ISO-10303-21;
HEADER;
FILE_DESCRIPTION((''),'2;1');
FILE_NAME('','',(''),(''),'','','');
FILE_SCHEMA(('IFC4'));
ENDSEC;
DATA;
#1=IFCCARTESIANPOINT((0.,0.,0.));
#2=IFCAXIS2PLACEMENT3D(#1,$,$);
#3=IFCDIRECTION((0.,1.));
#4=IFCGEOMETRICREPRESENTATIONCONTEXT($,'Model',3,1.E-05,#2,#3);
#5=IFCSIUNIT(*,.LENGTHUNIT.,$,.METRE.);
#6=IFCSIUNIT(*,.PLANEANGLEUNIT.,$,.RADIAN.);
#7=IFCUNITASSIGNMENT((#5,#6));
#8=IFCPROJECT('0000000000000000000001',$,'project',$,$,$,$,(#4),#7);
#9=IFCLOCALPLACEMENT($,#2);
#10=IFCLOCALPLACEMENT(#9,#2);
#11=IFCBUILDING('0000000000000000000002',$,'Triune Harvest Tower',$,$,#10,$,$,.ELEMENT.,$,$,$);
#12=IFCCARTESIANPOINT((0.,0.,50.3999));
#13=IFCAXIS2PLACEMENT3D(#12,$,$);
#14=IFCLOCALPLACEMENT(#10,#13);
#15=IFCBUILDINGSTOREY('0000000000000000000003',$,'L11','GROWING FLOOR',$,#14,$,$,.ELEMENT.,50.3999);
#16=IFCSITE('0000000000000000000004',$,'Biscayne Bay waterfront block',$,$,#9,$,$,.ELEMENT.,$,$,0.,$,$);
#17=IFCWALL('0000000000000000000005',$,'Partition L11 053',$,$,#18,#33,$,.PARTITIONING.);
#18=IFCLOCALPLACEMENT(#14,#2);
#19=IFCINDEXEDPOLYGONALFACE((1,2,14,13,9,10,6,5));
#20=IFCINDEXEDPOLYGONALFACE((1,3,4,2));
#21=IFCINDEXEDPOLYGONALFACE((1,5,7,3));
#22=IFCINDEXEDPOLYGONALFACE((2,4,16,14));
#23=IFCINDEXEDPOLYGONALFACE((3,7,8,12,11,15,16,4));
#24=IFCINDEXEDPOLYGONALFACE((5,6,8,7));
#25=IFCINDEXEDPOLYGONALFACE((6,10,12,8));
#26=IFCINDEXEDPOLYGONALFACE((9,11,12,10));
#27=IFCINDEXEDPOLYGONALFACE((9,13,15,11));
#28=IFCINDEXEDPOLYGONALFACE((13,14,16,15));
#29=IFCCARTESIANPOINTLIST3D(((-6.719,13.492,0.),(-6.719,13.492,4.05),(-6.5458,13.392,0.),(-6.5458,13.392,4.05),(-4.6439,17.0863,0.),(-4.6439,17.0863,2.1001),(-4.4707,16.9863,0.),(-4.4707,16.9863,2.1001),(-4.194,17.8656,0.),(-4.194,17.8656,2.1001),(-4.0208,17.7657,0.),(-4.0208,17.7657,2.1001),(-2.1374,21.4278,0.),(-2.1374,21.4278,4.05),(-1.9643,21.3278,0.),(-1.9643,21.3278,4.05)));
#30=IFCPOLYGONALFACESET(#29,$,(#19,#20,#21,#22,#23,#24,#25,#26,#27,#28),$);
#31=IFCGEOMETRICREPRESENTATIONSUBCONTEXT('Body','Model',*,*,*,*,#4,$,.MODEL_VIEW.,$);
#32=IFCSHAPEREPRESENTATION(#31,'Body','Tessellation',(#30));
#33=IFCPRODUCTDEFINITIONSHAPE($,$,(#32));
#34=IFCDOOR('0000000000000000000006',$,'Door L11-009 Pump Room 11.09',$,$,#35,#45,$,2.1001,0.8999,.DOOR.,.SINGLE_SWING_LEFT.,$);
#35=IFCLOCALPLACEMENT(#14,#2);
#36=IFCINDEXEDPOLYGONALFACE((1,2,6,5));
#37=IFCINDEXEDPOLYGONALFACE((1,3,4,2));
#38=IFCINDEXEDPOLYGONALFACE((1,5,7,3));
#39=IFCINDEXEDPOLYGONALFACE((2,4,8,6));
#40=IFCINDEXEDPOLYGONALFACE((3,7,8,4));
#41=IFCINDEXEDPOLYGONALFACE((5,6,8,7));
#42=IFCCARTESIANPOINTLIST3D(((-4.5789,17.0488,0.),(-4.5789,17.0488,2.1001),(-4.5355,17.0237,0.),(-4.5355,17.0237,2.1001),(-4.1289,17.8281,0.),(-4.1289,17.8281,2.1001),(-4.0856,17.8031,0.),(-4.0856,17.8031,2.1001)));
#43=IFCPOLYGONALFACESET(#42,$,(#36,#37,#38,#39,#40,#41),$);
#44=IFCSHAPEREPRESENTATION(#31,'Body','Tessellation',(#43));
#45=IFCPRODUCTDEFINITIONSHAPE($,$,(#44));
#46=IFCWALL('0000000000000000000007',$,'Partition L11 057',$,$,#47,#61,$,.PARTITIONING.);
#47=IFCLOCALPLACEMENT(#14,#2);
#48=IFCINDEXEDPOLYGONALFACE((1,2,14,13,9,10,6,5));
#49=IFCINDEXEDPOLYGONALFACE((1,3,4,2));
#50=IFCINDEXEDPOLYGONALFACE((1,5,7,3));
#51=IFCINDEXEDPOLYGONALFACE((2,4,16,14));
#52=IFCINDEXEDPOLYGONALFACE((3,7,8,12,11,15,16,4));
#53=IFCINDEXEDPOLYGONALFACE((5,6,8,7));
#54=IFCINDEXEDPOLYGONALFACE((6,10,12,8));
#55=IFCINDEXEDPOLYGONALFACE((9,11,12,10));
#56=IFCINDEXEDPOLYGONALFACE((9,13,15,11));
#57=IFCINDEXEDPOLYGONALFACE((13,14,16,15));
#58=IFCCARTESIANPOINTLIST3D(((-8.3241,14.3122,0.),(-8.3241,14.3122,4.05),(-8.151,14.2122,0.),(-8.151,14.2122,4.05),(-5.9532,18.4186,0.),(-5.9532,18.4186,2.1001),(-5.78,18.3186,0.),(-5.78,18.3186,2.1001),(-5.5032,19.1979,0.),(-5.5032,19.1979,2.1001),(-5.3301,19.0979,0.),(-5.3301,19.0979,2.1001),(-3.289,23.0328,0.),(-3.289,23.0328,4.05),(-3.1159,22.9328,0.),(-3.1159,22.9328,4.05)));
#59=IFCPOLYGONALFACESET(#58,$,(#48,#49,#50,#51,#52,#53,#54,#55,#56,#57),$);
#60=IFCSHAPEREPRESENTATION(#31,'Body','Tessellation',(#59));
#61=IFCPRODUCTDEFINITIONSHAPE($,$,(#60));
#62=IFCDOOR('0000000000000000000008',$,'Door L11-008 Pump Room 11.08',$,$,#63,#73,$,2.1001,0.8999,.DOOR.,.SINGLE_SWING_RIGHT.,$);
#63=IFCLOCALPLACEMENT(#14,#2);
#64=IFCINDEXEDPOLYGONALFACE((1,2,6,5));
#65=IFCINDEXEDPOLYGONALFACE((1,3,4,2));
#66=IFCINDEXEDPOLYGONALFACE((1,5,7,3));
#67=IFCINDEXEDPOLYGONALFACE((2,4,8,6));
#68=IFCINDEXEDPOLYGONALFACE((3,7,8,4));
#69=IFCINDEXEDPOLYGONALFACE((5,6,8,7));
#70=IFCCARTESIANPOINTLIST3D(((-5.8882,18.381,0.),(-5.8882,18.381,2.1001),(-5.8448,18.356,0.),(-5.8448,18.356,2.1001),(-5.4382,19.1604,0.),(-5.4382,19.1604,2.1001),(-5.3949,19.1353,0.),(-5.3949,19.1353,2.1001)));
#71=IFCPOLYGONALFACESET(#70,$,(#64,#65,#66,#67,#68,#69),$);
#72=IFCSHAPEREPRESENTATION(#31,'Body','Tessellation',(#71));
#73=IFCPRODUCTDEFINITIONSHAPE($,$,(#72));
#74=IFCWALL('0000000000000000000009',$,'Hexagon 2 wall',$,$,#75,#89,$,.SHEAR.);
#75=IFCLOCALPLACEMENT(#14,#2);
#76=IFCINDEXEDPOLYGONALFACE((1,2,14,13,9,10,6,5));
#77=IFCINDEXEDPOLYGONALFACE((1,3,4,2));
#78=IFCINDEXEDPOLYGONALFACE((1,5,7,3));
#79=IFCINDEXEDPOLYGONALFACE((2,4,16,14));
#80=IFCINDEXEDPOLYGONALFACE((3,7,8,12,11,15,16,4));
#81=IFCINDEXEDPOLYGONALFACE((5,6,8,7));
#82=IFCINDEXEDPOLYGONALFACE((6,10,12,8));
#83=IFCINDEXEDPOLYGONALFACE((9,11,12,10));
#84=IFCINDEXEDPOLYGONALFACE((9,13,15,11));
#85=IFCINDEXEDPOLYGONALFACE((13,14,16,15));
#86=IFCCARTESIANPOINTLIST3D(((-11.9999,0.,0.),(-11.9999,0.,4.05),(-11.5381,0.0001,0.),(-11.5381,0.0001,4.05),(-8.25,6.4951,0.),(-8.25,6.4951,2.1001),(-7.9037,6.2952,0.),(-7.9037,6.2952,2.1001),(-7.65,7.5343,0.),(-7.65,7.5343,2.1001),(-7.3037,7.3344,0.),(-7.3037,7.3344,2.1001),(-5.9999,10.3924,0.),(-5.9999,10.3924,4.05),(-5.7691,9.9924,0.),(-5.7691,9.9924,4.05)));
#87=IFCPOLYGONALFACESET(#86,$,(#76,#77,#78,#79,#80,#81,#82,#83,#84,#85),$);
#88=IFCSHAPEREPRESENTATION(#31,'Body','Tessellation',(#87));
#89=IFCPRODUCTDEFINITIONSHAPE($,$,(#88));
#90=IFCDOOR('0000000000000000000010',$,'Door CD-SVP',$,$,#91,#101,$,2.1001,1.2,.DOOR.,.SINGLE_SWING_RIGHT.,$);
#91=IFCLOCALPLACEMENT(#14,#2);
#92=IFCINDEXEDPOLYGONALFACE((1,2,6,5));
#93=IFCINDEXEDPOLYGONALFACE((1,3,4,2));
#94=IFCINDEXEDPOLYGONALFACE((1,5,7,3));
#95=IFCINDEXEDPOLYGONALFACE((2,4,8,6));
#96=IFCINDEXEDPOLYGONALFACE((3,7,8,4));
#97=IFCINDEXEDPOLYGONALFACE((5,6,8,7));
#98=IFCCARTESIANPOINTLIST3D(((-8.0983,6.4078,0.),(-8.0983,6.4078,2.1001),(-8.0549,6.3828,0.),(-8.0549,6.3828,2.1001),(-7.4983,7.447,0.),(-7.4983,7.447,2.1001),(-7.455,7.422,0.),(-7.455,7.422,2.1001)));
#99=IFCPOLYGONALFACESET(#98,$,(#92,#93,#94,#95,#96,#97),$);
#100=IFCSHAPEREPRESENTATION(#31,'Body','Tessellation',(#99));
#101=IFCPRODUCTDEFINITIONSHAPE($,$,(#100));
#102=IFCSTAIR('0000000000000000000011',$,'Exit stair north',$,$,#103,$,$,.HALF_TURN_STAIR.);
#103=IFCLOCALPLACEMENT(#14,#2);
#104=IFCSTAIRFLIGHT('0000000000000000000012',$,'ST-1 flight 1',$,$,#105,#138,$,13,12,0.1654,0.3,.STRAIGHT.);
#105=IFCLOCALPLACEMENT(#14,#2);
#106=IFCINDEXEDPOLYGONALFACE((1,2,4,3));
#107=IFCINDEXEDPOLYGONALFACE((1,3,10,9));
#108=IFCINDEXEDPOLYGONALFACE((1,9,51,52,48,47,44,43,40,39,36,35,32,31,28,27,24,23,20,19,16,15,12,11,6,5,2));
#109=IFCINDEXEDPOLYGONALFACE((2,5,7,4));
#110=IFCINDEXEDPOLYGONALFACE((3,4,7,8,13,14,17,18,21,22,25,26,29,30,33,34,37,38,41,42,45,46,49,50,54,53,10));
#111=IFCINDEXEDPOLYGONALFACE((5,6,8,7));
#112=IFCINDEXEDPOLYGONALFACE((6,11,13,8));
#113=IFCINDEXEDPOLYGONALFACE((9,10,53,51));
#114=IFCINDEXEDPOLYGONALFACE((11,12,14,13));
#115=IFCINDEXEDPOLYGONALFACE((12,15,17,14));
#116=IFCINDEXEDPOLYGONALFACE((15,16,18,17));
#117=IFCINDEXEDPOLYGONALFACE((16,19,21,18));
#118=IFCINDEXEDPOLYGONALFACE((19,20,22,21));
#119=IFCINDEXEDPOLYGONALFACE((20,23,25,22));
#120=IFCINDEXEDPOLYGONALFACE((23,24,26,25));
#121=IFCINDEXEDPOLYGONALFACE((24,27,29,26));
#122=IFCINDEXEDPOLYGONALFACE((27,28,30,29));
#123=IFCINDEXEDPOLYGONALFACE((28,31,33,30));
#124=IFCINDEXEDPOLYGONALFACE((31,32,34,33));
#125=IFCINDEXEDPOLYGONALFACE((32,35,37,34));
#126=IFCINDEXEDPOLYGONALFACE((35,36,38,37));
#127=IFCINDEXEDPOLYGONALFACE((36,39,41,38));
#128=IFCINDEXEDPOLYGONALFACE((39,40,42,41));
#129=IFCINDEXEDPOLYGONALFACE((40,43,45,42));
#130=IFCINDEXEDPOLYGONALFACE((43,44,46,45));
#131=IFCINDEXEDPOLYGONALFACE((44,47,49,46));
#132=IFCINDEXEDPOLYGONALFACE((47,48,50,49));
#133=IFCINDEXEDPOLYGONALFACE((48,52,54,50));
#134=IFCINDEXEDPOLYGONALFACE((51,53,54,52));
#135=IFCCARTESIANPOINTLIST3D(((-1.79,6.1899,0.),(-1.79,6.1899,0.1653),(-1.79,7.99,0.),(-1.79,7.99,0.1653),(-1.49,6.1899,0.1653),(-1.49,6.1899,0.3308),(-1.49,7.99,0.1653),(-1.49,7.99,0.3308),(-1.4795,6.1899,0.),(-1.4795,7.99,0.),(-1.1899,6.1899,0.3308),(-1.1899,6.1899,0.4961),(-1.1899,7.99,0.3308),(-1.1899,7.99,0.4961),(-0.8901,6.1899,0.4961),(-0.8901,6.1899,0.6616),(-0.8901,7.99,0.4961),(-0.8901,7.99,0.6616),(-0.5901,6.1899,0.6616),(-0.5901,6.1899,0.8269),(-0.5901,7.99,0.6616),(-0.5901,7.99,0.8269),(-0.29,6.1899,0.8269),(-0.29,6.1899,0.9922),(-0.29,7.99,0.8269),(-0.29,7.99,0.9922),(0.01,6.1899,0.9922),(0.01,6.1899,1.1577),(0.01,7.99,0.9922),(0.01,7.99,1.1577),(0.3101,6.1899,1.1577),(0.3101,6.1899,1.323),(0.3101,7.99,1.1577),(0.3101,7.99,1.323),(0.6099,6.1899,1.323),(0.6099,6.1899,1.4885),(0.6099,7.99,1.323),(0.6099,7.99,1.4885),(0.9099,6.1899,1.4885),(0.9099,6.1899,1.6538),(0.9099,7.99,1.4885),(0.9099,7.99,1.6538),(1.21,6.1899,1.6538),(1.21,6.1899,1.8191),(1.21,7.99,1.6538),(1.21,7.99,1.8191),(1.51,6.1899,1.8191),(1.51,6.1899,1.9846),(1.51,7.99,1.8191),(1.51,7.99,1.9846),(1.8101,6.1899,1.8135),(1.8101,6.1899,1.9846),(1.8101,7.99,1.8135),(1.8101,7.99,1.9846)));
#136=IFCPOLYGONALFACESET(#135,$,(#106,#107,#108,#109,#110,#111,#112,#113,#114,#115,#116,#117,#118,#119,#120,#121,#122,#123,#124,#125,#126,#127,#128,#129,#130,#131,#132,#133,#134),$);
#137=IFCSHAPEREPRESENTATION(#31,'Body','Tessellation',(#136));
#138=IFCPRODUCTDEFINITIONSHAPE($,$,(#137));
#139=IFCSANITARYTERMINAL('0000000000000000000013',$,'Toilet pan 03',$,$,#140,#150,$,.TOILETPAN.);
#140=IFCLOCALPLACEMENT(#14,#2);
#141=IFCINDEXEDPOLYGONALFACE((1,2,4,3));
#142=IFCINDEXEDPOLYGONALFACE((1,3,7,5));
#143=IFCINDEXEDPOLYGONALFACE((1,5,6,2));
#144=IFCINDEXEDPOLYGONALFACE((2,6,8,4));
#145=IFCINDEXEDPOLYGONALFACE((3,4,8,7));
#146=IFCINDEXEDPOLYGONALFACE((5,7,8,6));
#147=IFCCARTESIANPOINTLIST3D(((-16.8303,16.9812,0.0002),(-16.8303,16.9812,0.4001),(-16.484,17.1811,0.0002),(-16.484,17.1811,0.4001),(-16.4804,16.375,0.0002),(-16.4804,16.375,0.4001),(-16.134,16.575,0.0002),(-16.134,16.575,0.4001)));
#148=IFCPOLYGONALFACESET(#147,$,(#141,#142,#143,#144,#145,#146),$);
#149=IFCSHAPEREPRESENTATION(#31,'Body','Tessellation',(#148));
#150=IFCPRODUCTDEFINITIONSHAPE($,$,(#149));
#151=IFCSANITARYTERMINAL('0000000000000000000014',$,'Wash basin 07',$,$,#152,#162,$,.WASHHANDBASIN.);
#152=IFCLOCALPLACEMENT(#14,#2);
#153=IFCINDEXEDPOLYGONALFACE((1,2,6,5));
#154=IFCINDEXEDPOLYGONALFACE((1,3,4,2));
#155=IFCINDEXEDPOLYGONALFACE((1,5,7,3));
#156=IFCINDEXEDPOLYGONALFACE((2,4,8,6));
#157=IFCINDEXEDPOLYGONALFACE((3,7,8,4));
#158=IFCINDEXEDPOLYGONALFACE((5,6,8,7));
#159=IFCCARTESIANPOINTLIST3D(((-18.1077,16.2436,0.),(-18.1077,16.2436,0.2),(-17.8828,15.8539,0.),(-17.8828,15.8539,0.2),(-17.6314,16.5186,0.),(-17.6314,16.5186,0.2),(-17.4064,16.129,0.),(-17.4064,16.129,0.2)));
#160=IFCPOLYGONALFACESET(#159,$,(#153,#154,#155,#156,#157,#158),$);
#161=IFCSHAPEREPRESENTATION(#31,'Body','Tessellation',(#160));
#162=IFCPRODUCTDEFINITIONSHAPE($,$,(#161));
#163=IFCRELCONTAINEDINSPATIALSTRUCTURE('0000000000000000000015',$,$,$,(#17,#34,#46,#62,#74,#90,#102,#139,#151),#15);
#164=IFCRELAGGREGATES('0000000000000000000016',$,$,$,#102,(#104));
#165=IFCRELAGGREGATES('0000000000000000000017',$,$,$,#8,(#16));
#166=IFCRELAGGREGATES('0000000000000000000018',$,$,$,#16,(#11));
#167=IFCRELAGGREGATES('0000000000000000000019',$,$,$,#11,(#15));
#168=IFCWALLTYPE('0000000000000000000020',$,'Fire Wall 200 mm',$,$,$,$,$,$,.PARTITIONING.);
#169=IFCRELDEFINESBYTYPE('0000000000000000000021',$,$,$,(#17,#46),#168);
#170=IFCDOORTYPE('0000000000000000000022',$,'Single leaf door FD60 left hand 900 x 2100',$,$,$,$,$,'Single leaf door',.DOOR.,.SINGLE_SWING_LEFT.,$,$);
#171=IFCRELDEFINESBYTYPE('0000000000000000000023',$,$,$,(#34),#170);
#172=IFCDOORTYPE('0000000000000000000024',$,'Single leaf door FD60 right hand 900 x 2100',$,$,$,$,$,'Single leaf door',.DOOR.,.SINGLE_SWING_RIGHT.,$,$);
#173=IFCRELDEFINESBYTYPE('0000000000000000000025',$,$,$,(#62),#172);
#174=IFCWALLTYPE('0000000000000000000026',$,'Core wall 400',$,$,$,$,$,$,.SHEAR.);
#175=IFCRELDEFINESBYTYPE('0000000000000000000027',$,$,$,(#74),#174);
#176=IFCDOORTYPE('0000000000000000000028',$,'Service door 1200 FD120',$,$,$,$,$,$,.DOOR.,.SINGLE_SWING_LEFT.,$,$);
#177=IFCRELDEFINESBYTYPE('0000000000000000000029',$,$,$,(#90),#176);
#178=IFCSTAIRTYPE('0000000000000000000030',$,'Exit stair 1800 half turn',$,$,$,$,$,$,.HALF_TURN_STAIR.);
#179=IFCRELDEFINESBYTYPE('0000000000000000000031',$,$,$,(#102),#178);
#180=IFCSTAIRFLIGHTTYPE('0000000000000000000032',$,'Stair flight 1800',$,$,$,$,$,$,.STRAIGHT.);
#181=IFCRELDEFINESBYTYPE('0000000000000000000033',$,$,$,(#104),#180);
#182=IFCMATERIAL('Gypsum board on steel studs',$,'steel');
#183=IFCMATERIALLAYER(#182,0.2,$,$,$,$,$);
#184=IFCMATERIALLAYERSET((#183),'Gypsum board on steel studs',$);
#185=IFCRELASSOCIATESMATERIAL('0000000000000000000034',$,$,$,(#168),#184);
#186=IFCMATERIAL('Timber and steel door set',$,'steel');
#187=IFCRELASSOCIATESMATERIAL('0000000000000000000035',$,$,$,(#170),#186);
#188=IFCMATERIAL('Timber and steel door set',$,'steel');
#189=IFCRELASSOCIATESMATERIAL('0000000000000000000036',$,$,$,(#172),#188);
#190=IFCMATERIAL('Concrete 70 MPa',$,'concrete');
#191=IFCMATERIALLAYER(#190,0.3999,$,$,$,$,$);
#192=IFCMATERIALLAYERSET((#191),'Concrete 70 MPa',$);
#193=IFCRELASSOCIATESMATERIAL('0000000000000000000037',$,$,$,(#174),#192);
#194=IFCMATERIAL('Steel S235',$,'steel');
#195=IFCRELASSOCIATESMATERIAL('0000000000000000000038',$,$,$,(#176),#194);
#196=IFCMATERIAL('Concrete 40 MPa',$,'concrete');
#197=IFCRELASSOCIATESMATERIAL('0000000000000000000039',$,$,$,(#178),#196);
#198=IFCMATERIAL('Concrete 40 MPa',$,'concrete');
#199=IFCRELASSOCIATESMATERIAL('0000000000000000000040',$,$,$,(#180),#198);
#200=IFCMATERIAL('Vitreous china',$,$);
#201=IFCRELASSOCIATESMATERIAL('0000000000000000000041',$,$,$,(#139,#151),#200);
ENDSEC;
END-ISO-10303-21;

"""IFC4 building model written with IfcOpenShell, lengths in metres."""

from ifc_helpers import new_model, si_unit, direction, frame, frame_2d, origin, origin_2d, place, context, subcontext, project, spatial, polyline, rectangle, outline, extrude, source, transform, mapped, material, layer, layer_set, type_object, element, fill, aggregate, save


model = new_model("IFC4")

# Units and contexts
model_context = context("Model", 3, precision=1e-05, world=origin(), true_north=direction((0.0, 1.0)))
body_context = subcontext(model_context, "Body", "Model", "MODEL_VIEW")
ifc_project = project(units=[si_unit("LENGTHUNIT", "METRE"), si_unit("PLANEANGLEUNIT", "RADIAN")], contexts=[model_context])

# Site, building, storey
site_placement = place(None, origin())
site = spatial("IfcSite", under=ifc_project, at=site_placement, Name="Biscayne Bay waterfront block", CompositionType="ELEMENT", RefElevation=0.0)
building_placement = place(site_placement, origin())
building = spatial("IfcBuilding", under=site, at=building_placement, Name="Triune Harvest Tower", CompositionType="ELEMENT")
storey_placement = place(building_placement, frame((0.0, 0.0, 50.3999)))
storey = spatial("IfcBuildingStorey", under=building, at=storey_placement, Name="L11", Description="GROWING FLOOR", CompositionType="ELEMENT", Elevation=50.3999)

# Walls, openings, doors
ifc_material_1 = material(Name="Gypsum board on steel studs", Category="steel")
ifc_layer_1 = layer(ifc_material_1, 0.2)
ifc_layer_set_1 = layer_set([ifc_layer_1], Name="Gypsum board on steel studs")
wall_type_1 = type_object("IfcWallType", Name="Fire Wall 200 mm", PredefinedType="PARTITIONING", material=ifc_layer_set_1)
wall_1_placement = place(storey_placement, frame((-6.6323, 13.4421, 0.0), z_axis=(0.0, 0.0, 1.0), x_axis=(0.499985, 0.866034, 0.0)))
wall_1 = element("IfcWall", 1, at=wall_1_placement, inside=storey, type_object=wall_type_1, Name="Partition L11 053", PredefinedType="PARTITIONING", context=body_context, shape_type="SweptSolid", body=[
    extrude(rectangle(XDim=9.1633, YDim=0.2, at=frame_2d((4.5815, 0.0))), origin(), (0.0, 0.0, 1.0), 4.05),
])
opening_1_placement = place(wall_1_placement, frame((4.1501, 0.0, 0.0)))
opening_1 = element("IfcOpeningElement", 2, at=opening_1_placement, cuts=wall_1, PredefinedType="OPENING", context=body_context, shape_type="SweptSolid", body=[
    extrude(rectangle(XDim=0.8999, YDim=2.1001, at=frame_2d((0.45, 1.05))), frame((0.0, 0.1099, 0.0), z_axis=(0.0, -1.0, 0.0), x_axis=(1.0, 0.0, 0.0)), (0.0, 0.0, 1.0), 0.22),
])
ifc_material_2 = material(Name="Timber and steel door set", Category="steel")
door_type_1 = type_object("IfcDoorType", Name="Single leaf door FD60 left hand 900 x 2100", ElementType="Single leaf door", OperationType="SINGLE_SWING_LEFT", PredefinedType="DOOR", material=ifc_material_2)
door_1_placement = place(opening_1_placement, origin())
door_1 = element("IfcDoor", 3, at=door_1_placement, inside=storey, type_object=door_type_1, Name="Door L11-009 Pump Room 11.09", OperationType="SINGLE_SWING_LEFT", OverallHeight=2.1001, OverallWidth=0.8999, PredefinedType="DOOR", context=body_context, shape_type="SweptSolid", body=[
    extrude(rectangle(XDim=0.8999, YDim=2.1001, at=frame_2d((0.45, 1.05))), frame((0.0, 0.0249, 0.0), z_axis=(0.0, -1.0, 0.0), x_axis=(1.0, 0.0, 0.0)), (0.0, 0.0, 1.0), 0.05),
])
fill(opening_1, door_1)
wall_2_placement = place(storey_placement, frame((-8.2375, 14.2622, 0.0), z_axis=(0.0, 0.0, 1.0), x_axis=(0.500019, 0.866014, 0.0)))
wall_2 = element("IfcWall", 4, at=wall_2_placement, inside=storey, type_object=wall_type_1, Name="Partition L11 057", PredefinedType="PARTITIONING", context=body_context, shape_type="SweptSolid", body=[
    extrude(rectangle(XDim=10.0698, YDim=0.2, at=frame_2d((5.0349, 0.0))), origin(), (0.0, 0.0, 1.0), 4.05),
])
opening_2_placement = place(wall_2_placement, frame((4.7417, 0.0, 0.0)))
opening_2 = element("IfcOpeningElement", 5, at=opening_2_placement, cuts=wall_2, PredefinedType="OPENING", context=body_context, shape_type="SweptSolid", body=[
    extrude(rectangle(XDim=0.8999, YDim=2.1001, at=frame_2d((0.45, 1.05))), frame((0.0, 0.1099, 0.0), z_axis=(0.0, -1.0, 0.0), x_axis=(1.0, 0.0, 0.0)), (0.0, 0.0, 1.0), 0.22),
])
ifc_material_3 = material(Name="Timber and steel door set", Category="steel")
door_type_2 = type_object("IfcDoorType", Name="Single leaf door FD60 right hand 900 x 2100", ElementType="Single leaf door", OperationType="SINGLE_SWING_RIGHT", PredefinedType="DOOR", material=ifc_material_3)
door_2_placement = place(opening_2_placement, origin())
door_2 = element("IfcDoor", 6, at=door_2_placement, inside=storey, type_object=door_type_2, Name="Door L11-008 Pump Room 11.08", OperationType="SINGLE_SWING_RIGHT", OverallHeight=2.1001, OverallWidth=0.8999, PredefinedType="DOOR", context=body_context, shape_type="SweptSolid", body=[
    extrude(rectangle(XDim=0.8999, YDim=2.1001, at=frame_2d((0.45, 1.05))), frame((0.0, 0.0249, 0.0), z_axis=(0.0, -1.0, 0.0), x_axis=(1.0, 0.0, 0.0)), (0.0, 0.0, 1.0), 0.05),
])
fill(opening_2, door_2)
ifc_material_4 = material(Name="Concrete 70 MPa", Category="concrete")
ifc_layer_2 = layer(ifc_material_4, 0.3999)
ifc_layer_set_2 = layer_set([ifc_layer_2], Name="Concrete 70 MPa")
wall_type_2 = type_object("IfcWallType", Name="Core wall 400", PredefinedType="SHEAR", material=ifc_layer_set_2)
shared_shape_1 = source(origin(), body_context, "Body", "SweptSolid", [
    extrude(outline(polyline([(-0.1155, -0.2), (11.8845, -0.2), (11.6536, 0.2), (0.1155, 0.2), (-0.1155, -0.2)])), origin(), (0.0, 0.0, 1.0), 4.05),
])
wall_3_placement = place(storey_placement, frame((-5.8845, 10.1924, 0.0), z_axis=(0.0, 0.0, 1.0), x_axis=(-0.499997, -0.866027, 0.0)))
wall_3 = element("IfcWall", 7, at=wall_3_placement, inside=storey, type_object=wall_type_2, Name="Hexagon 2 wall", PredefinedType="SHEAR", context=body_context, shape_type="MappedRepresentation", body=[
    mapped(shared_shape_1, transform((0.0, 0.0, 0.0), scale=1.0)),
])
opening_3_placement = place(wall_3_placement, frame((3.1846, 0.0, 0.0)))
opening_3 = element("IfcOpeningElement", 8, at=opening_3_placement, cuts=wall_3, PredefinedType="OPENING", context=body_context, shape_type="SweptSolid", body=[
    extrude(rectangle(XDim=1.2, YDim=2.1001, at=frame_2d((0.6001, 1.05))), frame((0.0, 0.21, 0.0), z_axis=(0.0, -1.0, 0.0), x_axis=(1.0, 0.0, 0.0)), (0.0, 0.0, 1.0), 0.4199),
])
ifc_material_5 = material(Name="Steel S235", Category="steel")
door_type_3 = type_object("IfcDoorType", Name="Service door 1200 FD120", OperationType="SINGLE_SWING_LEFT", PredefinedType="DOOR", material=ifc_material_5)
door_3_placement = place(opening_3_placement, frame((1.2, 0.0, 0.0), z_axis=(0.0, 0.0, 1.0), x_axis=(-1.0, 0.0, 0.0)))
door_3 = element("IfcDoor", 9, at=door_3_placement, inside=storey, type_object=door_type_3, Name="Door CD-SVP", OperationType="SINGLE_SWING_RIGHT", OverallHeight=2.1001, OverallWidth=1.2, PredefinedType="DOOR", context=body_context, shape_type="SweptSolid", body=[
    extrude(rectangle(XDim=1.2, YDim=2.1001, at=frame_2d((0.6001, 1.05))), frame((0.0, 0.0249, 0.0), z_axis=(0.0, -1.0, 0.0), x_axis=(1.0, 0.0, 0.0)), (0.0, 0.0, 1.0), 0.05),
])
fill(opening_3, door_3)

# Stair, stair flight
ifc_material_6 = material(Name="Concrete 40 MPa", Category="concrete")
stair_type = type_object("IfcStairType", Name="Exit stair 1800 half turn", PredefinedType="HALF_TURN_STAIR", material=ifc_material_6)
stair_placement = place(storey_placement, origin())
stair = element("IfcStair", 10, at=stair_placement, inside=storey, type_object=stair_type, Name="Exit stair north", PredefinedType="HALF_TURN_STAIR")
ifc_material_7 = material(Name="Concrete 40 MPa", Category="concrete")
stair_flight_type = type_object("IfcStairFlightType", Name="Stair flight 1800", PredefinedType="STRAIGHT", material=ifc_material_7)
shared_shape_2 = source(origin(), body_context, "Body", "SweptSolid", [
    extrude(outline(polyline([(0.0, 0.0), (0.0, 0.1653), (0.3, 0.1653), (0.3, 0.3308), (0.6001, 0.3308), (0.6001, 0.4961), (0.8999, 0.4961), (0.8999, 0.6616), (1.2, 0.6616), (1.2, 0.8269), (1.5, 0.8269), (1.5, 0.9922), (1.8, 0.9922), (1.8, 1.1577), (2.1001, 1.1577), (2.1001, 1.323), (2.3999, 1.323), (2.3999, 1.4885), (2.7, 1.4885), (2.7, 1.6538), (3.0, 1.6538), (3.0, 1.8191), (3.3, 1.8191), (3.3, 1.9846), (3.6001, 1.9846), (3.6001, 2.1499), (3.6001, 1.8135), (0.3105, 0.0), (0.0, 0.0)])), frame((0.0, 0.8999, 0.0), z_axis=(0.0, -1.0, 0.0), x_axis=(1.0, 0.0, 0.0)), (0.0, 0.0, 1.0), 1.8),
])
stair_flight_placement = place(storey_placement, frame((-1.79, 7.0901, 0.0), z_axis=(0.0, 0.0, 1.0), x_axis=(1.0, 0.0, 0.0)))
stair_flight = element("IfcStairFlight", 11, at=stair_flight_placement, type_object=stair_flight_type, Name="ST-1 flight 1", NumberOfRisers=13, NumberOfTreads=12, PredefinedType="STRAIGHT", RiserHeight=0.1654, TreadLength=0.3, context=body_context, shape_type="MappedRepresentation", body=[
    mapped(shared_shape_2, transform((0.0, 0.0, 0.0), scale=1.0)),
])
aggregate(stair, [stair_flight])

# Sanitary terminals
ifc_material_8 = material(Name="Vitreous china")
shared_shape_3 = source(origin(), body_context, "Body", "SweptSolid", [
    extrude(rectangle(XDim=0.3999, YDim=0.7, at=origin_2d()), origin(), (0.0, 0.0, 1.0), 0.3999),
])
sanitary_terminal_1_placement = place(storey_placement, frame((-16.4822, 16.7781, 0.0002), z_axis=(0.0, 0.0, 1.0), x_axis=(0.866034, 0.499985, 0.0)))
element("IfcSanitaryTerminal", 12, at=sanitary_terminal_1_placement, inside=storey, material=ifc_material_8, Name="Toilet pan 03", PredefinedType="TOILETPAN", context=body_context, shape_type="MappedRepresentation", body=[
    mapped(shared_shape_3, transform((0.0, 0.0, 0.0), scale=1.0)),
])
shared_shape_4 = source(origin(), body_context, "Body", "SweptSolid", [
    extrude(rectangle(XDim=0.55, YDim=0.45, at=origin_2d()), origin(), (0.0, 0.0, 1.0), 0.2),
])
sanitary_terminal_2_placement = place(storey_placement, frame((-17.7571, 16.1863, 0.0), z_axis=(0.0, 0.0, 1.0), x_axis=(0.866034, 0.499985, 0.0)))
element("IfcSanitaryTerminal", 13, at=sanitary_terminal_2_placement, inside=storey, material=ifc_material_8, Name="Wash basin 07", PredefinedType="WASHHANDBASIN", context=body_context, shape_type="MappedRepresentation", body=[
    mapped(shared_shape_4, transform((0.0, 0.0, 0.0), scale=1.0)),
])

save(model, "model.ifc")
